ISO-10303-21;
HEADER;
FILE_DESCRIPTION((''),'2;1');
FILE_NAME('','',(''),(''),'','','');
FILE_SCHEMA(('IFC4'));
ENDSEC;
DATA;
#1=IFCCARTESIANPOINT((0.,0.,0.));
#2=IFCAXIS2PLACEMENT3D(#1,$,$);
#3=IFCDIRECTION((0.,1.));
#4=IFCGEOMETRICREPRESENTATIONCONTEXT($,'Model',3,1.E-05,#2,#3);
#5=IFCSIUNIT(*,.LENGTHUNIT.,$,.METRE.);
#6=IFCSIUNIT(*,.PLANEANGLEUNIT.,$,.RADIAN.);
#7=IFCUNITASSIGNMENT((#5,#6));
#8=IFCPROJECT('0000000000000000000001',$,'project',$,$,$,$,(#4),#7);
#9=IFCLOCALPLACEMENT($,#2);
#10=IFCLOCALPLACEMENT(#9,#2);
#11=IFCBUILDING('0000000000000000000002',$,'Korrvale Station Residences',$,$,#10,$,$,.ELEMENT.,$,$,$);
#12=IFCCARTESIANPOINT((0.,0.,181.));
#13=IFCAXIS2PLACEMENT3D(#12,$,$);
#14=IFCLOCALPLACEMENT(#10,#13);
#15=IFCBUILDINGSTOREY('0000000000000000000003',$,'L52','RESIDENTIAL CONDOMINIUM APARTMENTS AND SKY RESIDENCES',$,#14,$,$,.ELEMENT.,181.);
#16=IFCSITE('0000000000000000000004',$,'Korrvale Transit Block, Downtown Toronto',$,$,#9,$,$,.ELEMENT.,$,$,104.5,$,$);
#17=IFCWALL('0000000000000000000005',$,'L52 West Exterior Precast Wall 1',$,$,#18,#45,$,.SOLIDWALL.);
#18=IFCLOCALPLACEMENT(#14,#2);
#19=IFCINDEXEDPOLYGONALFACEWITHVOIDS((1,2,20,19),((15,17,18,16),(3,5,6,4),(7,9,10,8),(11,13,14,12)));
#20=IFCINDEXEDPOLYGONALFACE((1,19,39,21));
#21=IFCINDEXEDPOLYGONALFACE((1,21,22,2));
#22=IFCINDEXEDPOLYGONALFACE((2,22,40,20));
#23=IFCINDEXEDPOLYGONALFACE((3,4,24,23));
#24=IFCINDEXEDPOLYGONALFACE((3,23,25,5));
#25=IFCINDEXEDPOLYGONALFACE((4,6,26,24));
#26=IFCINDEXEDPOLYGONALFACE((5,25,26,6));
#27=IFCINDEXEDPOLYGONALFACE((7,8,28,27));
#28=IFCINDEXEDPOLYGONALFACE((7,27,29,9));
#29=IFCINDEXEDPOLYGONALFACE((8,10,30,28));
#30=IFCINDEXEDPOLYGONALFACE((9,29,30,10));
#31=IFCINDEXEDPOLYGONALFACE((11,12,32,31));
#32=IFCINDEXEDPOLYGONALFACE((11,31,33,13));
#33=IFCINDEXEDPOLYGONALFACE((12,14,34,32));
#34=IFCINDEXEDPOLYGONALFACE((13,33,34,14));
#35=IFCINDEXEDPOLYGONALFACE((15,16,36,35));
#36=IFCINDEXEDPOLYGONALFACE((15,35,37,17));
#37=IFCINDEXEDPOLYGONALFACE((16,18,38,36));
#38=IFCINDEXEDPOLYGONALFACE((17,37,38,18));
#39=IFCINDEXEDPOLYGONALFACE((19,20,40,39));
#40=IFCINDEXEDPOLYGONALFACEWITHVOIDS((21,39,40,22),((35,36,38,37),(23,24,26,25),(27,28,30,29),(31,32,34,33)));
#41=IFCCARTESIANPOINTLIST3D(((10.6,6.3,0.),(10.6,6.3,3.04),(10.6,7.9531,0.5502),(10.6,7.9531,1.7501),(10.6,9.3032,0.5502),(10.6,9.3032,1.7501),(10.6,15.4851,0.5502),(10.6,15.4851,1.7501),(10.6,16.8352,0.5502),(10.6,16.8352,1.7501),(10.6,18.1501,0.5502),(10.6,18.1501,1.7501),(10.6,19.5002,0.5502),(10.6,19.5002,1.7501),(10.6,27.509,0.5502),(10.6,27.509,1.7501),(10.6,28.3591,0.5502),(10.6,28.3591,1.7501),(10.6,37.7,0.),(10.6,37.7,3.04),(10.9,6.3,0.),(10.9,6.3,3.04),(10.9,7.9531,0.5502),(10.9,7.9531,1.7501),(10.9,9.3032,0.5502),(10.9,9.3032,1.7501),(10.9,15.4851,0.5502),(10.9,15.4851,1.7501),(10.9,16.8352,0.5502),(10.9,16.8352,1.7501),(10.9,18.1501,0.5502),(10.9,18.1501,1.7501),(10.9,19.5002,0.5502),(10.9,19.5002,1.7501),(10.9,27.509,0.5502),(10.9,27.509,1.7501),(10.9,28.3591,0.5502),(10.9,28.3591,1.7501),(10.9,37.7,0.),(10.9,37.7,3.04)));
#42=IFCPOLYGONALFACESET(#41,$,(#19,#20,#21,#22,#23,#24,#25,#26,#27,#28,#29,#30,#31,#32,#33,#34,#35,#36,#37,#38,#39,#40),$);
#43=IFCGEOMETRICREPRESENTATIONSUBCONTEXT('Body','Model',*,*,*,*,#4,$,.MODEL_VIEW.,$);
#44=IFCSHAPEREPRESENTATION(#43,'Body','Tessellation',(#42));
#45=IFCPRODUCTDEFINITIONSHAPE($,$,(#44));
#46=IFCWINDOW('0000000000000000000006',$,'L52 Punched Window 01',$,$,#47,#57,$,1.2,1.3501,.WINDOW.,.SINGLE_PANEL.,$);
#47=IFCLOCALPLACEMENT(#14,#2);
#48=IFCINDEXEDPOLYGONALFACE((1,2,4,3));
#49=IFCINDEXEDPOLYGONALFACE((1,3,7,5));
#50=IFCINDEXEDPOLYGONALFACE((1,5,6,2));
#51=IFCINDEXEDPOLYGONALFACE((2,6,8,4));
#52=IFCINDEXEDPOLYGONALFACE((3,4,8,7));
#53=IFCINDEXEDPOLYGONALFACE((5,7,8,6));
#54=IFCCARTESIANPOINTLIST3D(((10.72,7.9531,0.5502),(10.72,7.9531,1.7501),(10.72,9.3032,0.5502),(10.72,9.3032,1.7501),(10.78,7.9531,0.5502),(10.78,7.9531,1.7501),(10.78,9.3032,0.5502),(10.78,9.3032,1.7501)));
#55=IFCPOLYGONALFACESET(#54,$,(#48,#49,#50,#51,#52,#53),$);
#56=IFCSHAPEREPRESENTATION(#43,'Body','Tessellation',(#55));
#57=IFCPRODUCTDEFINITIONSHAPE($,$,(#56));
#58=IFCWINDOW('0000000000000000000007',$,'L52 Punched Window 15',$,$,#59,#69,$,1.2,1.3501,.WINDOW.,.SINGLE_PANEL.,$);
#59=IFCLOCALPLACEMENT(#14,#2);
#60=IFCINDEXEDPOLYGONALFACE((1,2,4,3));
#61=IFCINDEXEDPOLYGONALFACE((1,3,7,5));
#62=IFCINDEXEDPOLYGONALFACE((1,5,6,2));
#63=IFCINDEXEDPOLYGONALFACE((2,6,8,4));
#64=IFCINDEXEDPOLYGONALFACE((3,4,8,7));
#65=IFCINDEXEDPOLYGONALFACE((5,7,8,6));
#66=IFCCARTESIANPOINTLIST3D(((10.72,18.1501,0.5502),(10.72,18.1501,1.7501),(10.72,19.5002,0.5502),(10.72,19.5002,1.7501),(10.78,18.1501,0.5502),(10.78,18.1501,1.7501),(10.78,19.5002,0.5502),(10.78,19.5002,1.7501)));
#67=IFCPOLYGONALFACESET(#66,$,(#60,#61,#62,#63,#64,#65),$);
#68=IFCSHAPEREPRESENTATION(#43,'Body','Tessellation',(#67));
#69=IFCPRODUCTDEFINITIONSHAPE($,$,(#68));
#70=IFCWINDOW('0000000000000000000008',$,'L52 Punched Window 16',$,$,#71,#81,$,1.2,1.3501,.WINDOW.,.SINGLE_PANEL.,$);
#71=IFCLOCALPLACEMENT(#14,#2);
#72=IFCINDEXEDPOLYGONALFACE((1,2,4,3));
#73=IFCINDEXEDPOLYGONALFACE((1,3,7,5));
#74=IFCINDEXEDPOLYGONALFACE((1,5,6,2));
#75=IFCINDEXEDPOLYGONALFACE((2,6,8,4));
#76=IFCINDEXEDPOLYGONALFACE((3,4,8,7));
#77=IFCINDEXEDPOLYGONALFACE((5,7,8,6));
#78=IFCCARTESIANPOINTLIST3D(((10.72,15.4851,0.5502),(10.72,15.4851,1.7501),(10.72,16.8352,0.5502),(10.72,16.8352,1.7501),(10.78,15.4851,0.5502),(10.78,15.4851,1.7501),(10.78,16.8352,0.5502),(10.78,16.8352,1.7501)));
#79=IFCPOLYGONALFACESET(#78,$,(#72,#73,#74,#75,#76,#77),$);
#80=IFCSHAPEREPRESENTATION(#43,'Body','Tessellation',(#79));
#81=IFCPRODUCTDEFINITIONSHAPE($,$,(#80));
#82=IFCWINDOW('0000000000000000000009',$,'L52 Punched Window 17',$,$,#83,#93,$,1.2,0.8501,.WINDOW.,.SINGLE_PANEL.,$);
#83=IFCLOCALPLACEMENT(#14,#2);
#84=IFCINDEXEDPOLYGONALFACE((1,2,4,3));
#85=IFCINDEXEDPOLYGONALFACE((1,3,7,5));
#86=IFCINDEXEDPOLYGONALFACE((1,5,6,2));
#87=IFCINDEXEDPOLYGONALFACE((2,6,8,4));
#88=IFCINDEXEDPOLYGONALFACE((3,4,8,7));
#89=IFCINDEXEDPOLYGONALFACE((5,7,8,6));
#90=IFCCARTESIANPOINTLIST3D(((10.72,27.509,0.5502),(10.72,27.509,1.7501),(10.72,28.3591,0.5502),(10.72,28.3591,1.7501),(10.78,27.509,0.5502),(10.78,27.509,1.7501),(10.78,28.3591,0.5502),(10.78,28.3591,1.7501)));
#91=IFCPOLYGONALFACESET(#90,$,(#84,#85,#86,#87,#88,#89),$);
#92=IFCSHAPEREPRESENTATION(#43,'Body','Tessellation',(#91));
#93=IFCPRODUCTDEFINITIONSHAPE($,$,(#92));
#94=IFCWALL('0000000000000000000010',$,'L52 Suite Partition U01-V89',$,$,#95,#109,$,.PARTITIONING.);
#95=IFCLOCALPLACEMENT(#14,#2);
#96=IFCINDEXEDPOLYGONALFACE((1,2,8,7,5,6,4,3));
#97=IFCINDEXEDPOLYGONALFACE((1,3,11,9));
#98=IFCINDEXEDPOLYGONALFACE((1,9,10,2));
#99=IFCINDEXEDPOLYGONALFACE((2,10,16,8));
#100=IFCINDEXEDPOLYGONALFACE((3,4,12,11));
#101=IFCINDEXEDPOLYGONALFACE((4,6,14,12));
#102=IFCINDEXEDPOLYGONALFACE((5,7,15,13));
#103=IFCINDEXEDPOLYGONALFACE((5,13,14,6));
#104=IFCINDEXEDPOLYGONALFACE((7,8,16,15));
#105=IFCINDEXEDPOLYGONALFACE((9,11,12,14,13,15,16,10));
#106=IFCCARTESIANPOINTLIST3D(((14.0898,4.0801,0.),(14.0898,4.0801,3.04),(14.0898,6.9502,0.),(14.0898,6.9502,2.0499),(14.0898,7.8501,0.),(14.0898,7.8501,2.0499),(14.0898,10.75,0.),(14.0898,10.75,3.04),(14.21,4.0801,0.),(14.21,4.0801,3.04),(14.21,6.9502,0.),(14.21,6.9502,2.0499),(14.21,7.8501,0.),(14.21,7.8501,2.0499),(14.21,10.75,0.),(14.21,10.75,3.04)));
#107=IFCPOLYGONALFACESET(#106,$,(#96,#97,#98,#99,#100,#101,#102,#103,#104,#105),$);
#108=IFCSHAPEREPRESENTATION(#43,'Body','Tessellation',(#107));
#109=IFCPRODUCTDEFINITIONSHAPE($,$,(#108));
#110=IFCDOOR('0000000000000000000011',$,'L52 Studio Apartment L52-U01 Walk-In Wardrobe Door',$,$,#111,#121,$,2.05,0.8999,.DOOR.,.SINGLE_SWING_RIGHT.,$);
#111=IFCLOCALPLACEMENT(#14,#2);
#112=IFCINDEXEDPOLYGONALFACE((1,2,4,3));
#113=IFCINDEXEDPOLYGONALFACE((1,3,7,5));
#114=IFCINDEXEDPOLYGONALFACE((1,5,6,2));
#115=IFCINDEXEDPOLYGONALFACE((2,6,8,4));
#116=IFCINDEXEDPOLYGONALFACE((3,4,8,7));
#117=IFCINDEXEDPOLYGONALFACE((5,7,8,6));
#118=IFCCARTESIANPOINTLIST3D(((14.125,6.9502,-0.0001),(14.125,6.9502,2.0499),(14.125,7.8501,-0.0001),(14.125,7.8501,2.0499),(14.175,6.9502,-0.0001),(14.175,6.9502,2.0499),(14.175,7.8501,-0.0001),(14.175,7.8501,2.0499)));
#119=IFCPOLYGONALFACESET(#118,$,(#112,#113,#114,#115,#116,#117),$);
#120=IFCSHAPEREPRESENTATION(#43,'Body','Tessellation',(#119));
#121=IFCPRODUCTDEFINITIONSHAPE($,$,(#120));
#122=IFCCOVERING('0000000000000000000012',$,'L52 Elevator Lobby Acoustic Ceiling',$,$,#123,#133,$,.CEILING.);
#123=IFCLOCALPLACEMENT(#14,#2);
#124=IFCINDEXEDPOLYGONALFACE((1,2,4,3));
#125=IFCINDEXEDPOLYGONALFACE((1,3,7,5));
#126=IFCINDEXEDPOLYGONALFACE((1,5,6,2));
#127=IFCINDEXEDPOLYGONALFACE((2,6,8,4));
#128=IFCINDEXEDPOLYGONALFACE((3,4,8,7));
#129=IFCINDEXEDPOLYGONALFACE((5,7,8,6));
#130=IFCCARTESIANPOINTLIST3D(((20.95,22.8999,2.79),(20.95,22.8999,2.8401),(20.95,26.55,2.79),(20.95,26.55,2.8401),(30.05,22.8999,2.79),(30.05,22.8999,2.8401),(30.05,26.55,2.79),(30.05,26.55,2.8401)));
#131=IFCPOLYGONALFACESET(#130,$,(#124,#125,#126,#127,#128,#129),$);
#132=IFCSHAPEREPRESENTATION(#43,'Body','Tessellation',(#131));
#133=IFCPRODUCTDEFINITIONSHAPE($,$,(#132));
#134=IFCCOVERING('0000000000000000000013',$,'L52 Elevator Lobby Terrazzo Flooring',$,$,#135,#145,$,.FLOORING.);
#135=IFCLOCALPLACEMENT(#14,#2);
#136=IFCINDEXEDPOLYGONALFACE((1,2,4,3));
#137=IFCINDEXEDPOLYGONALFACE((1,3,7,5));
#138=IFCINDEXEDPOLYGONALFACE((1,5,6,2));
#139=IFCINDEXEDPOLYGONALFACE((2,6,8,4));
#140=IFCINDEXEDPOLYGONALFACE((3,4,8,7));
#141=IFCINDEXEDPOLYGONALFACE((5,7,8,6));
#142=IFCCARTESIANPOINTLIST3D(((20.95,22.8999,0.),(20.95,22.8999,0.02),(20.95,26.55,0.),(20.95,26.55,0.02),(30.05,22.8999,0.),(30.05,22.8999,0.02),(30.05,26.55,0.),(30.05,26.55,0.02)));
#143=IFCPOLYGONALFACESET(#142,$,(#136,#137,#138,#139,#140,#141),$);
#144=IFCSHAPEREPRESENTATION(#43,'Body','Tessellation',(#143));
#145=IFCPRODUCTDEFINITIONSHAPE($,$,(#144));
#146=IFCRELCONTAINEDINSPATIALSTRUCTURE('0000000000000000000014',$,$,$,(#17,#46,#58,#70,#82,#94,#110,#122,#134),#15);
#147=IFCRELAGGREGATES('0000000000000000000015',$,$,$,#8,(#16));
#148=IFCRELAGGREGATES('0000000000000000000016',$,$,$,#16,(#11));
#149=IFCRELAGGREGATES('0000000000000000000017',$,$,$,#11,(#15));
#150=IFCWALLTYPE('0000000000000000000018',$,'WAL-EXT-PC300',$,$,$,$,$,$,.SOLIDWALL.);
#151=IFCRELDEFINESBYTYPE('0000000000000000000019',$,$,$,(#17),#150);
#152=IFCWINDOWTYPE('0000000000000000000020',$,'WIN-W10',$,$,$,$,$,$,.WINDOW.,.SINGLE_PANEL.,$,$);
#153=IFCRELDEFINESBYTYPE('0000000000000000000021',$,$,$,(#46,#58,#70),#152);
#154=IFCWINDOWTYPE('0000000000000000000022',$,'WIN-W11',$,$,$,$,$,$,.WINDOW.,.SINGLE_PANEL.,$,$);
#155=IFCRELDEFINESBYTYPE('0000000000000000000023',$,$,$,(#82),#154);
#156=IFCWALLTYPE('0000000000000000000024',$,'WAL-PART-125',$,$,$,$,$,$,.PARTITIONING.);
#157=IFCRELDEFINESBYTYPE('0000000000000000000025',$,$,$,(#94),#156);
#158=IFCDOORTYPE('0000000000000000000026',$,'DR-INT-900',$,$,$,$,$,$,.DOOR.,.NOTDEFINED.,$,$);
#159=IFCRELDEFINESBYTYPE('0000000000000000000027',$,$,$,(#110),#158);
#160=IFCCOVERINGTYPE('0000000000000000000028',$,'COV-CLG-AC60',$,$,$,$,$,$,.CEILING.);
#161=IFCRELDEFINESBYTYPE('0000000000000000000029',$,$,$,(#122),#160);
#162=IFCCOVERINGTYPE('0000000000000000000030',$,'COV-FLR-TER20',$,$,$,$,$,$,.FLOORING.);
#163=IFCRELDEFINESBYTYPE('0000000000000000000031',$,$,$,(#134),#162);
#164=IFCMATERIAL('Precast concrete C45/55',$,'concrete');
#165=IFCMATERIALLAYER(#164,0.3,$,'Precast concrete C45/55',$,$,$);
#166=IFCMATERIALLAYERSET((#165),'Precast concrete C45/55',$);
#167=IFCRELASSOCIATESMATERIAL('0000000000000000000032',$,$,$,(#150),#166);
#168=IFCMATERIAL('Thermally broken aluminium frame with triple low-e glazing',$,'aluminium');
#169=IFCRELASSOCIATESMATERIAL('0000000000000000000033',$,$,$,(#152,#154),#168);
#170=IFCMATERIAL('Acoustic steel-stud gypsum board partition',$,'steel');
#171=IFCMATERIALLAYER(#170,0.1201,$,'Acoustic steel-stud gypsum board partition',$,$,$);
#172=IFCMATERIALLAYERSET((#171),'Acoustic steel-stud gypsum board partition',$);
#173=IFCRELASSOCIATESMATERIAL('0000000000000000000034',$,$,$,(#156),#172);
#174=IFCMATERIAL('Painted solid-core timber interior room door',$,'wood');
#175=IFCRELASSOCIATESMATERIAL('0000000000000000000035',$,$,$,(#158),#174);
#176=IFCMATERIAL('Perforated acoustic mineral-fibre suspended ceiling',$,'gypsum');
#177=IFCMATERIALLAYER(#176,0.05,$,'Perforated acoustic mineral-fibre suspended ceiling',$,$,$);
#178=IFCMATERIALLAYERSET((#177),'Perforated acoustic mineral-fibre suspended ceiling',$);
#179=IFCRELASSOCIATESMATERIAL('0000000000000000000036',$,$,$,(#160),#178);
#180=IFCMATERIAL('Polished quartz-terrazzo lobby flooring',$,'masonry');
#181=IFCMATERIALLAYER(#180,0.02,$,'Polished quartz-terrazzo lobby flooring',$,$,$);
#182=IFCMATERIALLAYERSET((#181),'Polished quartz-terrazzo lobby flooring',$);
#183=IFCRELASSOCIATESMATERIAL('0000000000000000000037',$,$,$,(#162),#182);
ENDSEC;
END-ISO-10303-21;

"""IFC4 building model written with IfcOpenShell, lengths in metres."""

from ifc_helpers import new_model, si_unit, direction, frame, frame_2d, origin, place, context, subcontext, project, spatial, polyline, rectangle, outline, extrude, material, layer, layer_set, type_object, element, fill, save


model = new_model("IFC4")

# Units and contexts
model_context = context("Model", 3, precision=1e-05, world=origin(), true_north=direction((0.0, 1.0)))
body_context = subcontext(model_context, "Body", "Model", "MODEL_VIEW")
ifc_project = project(units=[si_unit("LENGTHUNIT", "METRE"), si_unit("PLANEANGLEUNIT", "RADIAN")], contexts=[model_context])

# Site, building, storey
site_placement = place(None, origin())
site = spatial("IfcSite", under=ifc_project, at=site_placement, Name="Korrvale Transit Block, Downtown Toronto", CompositionType="ELEMENT", RefElevation=104.5)
building_placement = place(site_placement, origin())
building = spatial("IfcBuilding", under=site, at=building_placement, Name="Korrvale Station Residences", CompositionType="ELEMENT")
storey_placement = place(building_placement, frame((0.0, 0.0, 181.0)))
storey = spatial("IfcBuildingStorey", under=building, at=storey_placement, Name="L52", Description="RESIDENTIAL CONDOMINIUM APARTMENTS AND SKY RESIDENCES", CompositionType="ELEMENT", Elevation=181.0)

# Shared definitions
ifc_material_1 = material(Name="Precast concrete C45/55", Category="concrete")

# Wall, openings, windows
ifc_layer_1 = layer(ifc_material_1, 0.3, Name="Precast concrete C45/55")
ifc_layer_set_1 = layer_set([ifc_layer_1], Name="Precast concrete C45/55")
wall_type_1 = type_object("IfcWallType", Name="WAL-EXT-PC300", PredefinedType="SOLIDWALL", material=ifc_layer_set_1)
wall_1_placement = place(storey_placement, frame((10.75, 6.3, 0.0), z_axis=(0.0, 0.0, 1.0), x_axis=(0.0, 1.0, 0.0)))
wall_1 = element("IfcWall", 1, at=wall_1_placement, inside=storey, type_object=wall_type_1, Name="L52 West Exterior Precast Wall 1", PredefinedType="SOLIDWALL", context=body_context, shape_type="SweptSolid", body=[
    extrude(rectangle(XDim=31.3999, YDim=0.3, at=frame_2d((15.7, 0.0))), origin(), (0.0, 0.0, 1.0), 3.04),
])
opening_1_placement = place(wall_1_placement, frame((1.6531, 0.0, 0.55)))
opening_1 = element("IfcOpeningElement", 2, at=opening_1_placement, cuts=wall_1, PredefinedType="OPENING", context=body_context, shape_type="SweptSolid", body=[
    extrude(rectangle(XDim=1.3501, YDim=1.2, at=frame_2d((0.675, 0.6001))), frame((0.0, 0.1602, 0.0), z_axis=(0.0, -1.0, 0.0), x_axis=(1.0, 0.0, 0.0)), (0.0, 0.0, 1.0), 0.3201),
])
opening_2_placement = place(wall_1_placement, frame((11.8501, 0.0, 0.55)))
opening_2 = element("IfcOpeningElement", 3, at=opening_2_placement, cuts=wall_1, PredefinedType="OPENING", context=body_context, shape_type="SweptSolid", body=[
    extrude(rectangle(XDim=1.3501, YDim=1.2, at=frame_2d((0.675, 0.6001))), frame((0.0, 0.1602, 0.0), z_axis=(0.0, -1.0, 0.0), x_axis=(1.0, 0.0, 0.0)), (0.0, 0.0, 1.0), 0.3201),
])
opening_3_placement = place(wall_1_placement, frame((9.1851, 0.0, 0.55)))
opening_3 = element("IfcOpeningElement", 4, at=opening_3_placement, cuts=wall_1, PredefinedType="OPENING", context=body_context, shape_type="SweptSolid", body=[
    extrude(rectangle(XDim=1.3501, YDim=1.2, at=frame_2d((0.675, 0.6001))), frame((0.0, 0.1602, 0.0), z_axis=(0.0, -1.0, 0.0), x_axis=(1.0, 0.0, 0.0)), (0.0, 0.0, 1.0), 0.3201),
])
opening_4_placement = place(wall_1_placement, frame((21.209, 0.0, 0.55)))
opening_4 = element("IfcOpeningElement", 5, at=opening_4_placement, cuts=wall_1, PredefinedType="OPENING", context=body_context, shape_type="SweptSolid", body=[
    extrude(rectangle(XDim=0.8501, YDim=1.2, at=frame_2d((0.425, 0.6001))), frame((0.0, 0.1602, 0.0), z_axis=(0.0, -1.0, 0.0), x_axis=(1.0, 0.0, 0.0)), (0.0, 0.0, 1.0), 0.3201),
])
ifc_material_2 = material(Name="Thermally broken aluminium frame with triple low-e glazing", Category="aluminium")
window_type_1 = type_object("IfcWindowType", Name="WIN-W10", PartitioningType="SINGLE_PANEL", PredefinedType="WINDOW", material=ifc_material_2)
window_1_placement = place(opening_1_placement, origin())
window_1 = element("IfcWindow", 6, at=window_1_placement, inside=storey, type_object=window_type_1, Name="L52 Punched Window 01", OverallHeight=1.2, OverallWidth=1.3501, PartitioningType="SINGLE_PANEL", PredefinedType="WINDOW", context=body_context, shape_type="SweptSolid", body=[
    extrude(rectangle(XDim=1.3501, YDim=1.2, at=frame_2d((0.675, 0.6001))), frame((0.0, 0.03, 0.0), z_axis=(0.0, -1.0, 0.0), x_axis=(1.0, 0.0, 0.0)), (0.0, 0.0, 1.0), 0.0601),
])
fill(opening_1, window_1)
window_2_placement = place(opening_2_placement, origin())
window_2 = element("IfcWindow", 7, at=window_2_placement, inside=storey, type_object=window_type_1, Name="L52 Punched Window 15", OverallHeight=1.2, OverallWidth=1.3501, PartitioningType="SINGLE_PANEL", PredefinedType="WINDOW", context=body_context, shape_type="SweptSolid", body=[
    extrude(rectangle(XDim=1.3501, YDim=1.2, at=frame_2d((0.675, 0.6001))), frame((0.0, 0.03, 0.0), z_axis=(0.0, -1.0, 0.0), x_axis=(1.0, 0.0, 0.0)), (0.0, 0.0, 1.0), 0.0601),
])
fill(opening_2, window_2)
window_3_placement = place(opening_3_placement, origin())
window_3 = element("IfcWindow", 8, at=window_3_placement, inside=storey, type_object=window_type_1, Name="L52 Punched Window 16", OverallHeight=1.2, OverallWidth=1.3501, PartitioningType="SINGLE_PANEL", PredefinedType="WINDOW", context=body_context, shape_type="SweptSolid", body=[
    extrude(rectangle(XDim=1.3501, YDim=1.2, at=frame_2d((0.675, 0.6001))), frame((0.0, 0.03, 0.0), z_axis=(0.0, -1.0, 0.0), x_axis=(1.0, 0.0, 0.0)), (0.0, 0.0, 1.0), 0.0601),
])
fill(opening_3, window_3)
window_type_2 = type_object("IfcWindowType", Name="WIN-W11", PartitioningType="SINGLE_PANEL", PredefinedType="WINDOW", material=ifc_material_2)
window_4_placement = place(opening_4_placement, origin())
window_4 = element("IfcWindow", 9, at=window_4_placement, inside=storey, type_object=window_type_2, Name="L52 Punched Window 17", OverallHeight=1.2, OverallWidth=0.8501, PartitioningType="SINGLE_PANEL", PredefinedType="WINDOW", context=body_context, shape_type="SweptSolid", body=[
    extrude(rectangle(XDim=0.8501, YDim=1.2, at=frame_2d((0.425, 0.6001))), frame((0.0, 0.03, 0.0), z_axis=(0.0, -1.0, 0.0), x_axis=(1.0, 0.0, 0.0)), (0.0, 0.0, 1.0), 0.0601),
])
fill(opening_4, window_4)

# Wall, opening, door
ifc_material_3 = material(Name="Acoustic steel-stud gypsum board partition", Category="steel")
ifc_layer_2 = layer(ifc_material_3, 0.1201, Name="Acoustic steel-stud gypsum board partition")
ifc_layer_set_2 = layer_set([ifc_layer_2], Name="Acoustic steel-stud gypsum board partition")
wall_type_2 = type_object("IfcWallType", Name="WAL-PART-125", PredefinedType="PARTITIONING", material=ifc_layer_set_2)
wall_2_placement = place(storey_placement, frame((14.1499, 4.0801, 0.0), z_axis=(0.0, 0.0, 1.0), x_axis=(0.0, 1.0, 0.0)))
wall_2 = element("IfcWall", 10, at=wall_2_placement, inside=storey, type_object=wall_type_2, Name="L52 Suite Partition U01-V89", PredefinedType="PARTITIONING", context=body_context, shape_type="SweptSolid", body=[
    extrude(rectangle(XDim=6.6699, YDim=0.1201, at=frame_2d((3.335, 0.0))), origin(), (0.0, 0.0, 1.0), 3.04),
])
opening_5_placement = place(wall_2_placement, frame((2.8701, 0.0, 0.0)))
opening_5 = element("IfcOpeningElement", 11, at=opening_5_placement, cuts=wall_2, PredefinedType="OPENING", context=body_context, shape_type="SweptSolid", body=[
    extrude(rectangle(XDim=0.8999, YDim=2.05, at=frame_2d((0.45, 1.0249))), frame((0.0, 0.0701, 0.0), z_axis=(0.0, -1.0, 0.0), x_axis=(1.0, 0.0, 0.0)), (0.0, 0.0, 1.0), 0.1401),
])
ifc_material_4 = material(Name="Painted solid-core timber interior room door", Category="wood")
door_type = type_object("IfcDoorType", Name="DR-INT-900", OperationType="NOTDEFINED", PredefinedType="DOOR", material=ifc_material_4)
door_placement = place(opening_5_placement, origin())
door = element("IfcDoor", 12, at=door_placement, inside=storey, type_object=door_type, Name="L52 Studio Apartment L52-U01 Walk-In Wardrobe Door", OperationType="SINGLE_SWING_RIGHT", OverallHeight=2.05, OverallWidth=0.8999, PredefinedType="DOOR", context=body_context, shape_type="SweptSolid", body=[
    extrude(rectangle(XDim=0.8999, YDim=2.05, at=frame_2d((0.45, 1.0249))), frame((0.0, 0.0249, 0.0), z_axis=(0.0, -1.0, 0.0), x_axis=(1.0, 0.0, 0.0)), (0.0, 0.0, 1.0), 0.05),
])
fill(opening_5, door)

# Coverings
ifc_material_5 = material(Name="Perforated acoustic mineral-fibre suspended ceiling", Category="gypsum")
ifc_layer_3 = layer(ifc_material_5, 0.05, Name="Perforated acoustic mineral-fibre suspended ceiling")
ifc_layer_set_3 = layer_set([ifc_layer_3], Name="Perforated acoustic mineral-fibre suspended ceiling")
covering_type_1 = type_object("IfcCoveringType", Name="COV-CLG-AC60", PredefinedType="CEILING", material=ifc_layer_set_3)
covering_1_placement = place(storey_placement, frame((0.0, 0.0, 2.79)))
element("IfcCovering", 13, at=covering_1_placement, inside=storey, type_object=covering_type_1, Name="L52 Elevator Lobby Acoustic Ceiling", PredefinedType="CEILING", context=body_context, shape_type="SweptSolid", body=[
    extrude(outline(polyline([(20.95, 22.8999), (30.05, 22.8999), (30.05, 26.55), (20.95, 26.55), (20.95, 22.8999)])), origin(), (0.0, 0.0, 1.0), 0.05),
])
ifc_material_6 = material(Name="Polished quartz-terrazzo lobby flooring", Category="masonry")
ifc_layer_4 = layer(ifc_material_6, 0.02, Name="Polished quartz-terrazzo lobby flooring")
ifc_layer_set_4 = layer_set([ifc_layer_4], Name="Polished quartz-terrazzo lobby flooring")
covering_type_2 = type_object("IfcCoveringType", Name="COV-FLR-TER20", PredefinedType="FLOORING", material=ifc_layer_set_4)
covering_2_placement = place(storey_placement, origin())
element("IfcCovering", 14, at=covering_2_placement, inside=storey, type_object=covering_type_2, Name="L52 Elevator Lobby Terrazzo Flooring", PredefinedType="FLOORING", context=body_context, shape_type="SweptSolid", body=[
    extrude(outline(polyline([(20.95, 22.8999), (30.05, 22.8999), (30.05, 26.55), (20.95, 26.55), (20.95, 22.8999)])), origin(), (0.0, 0.0, 1.0), 0.02),
])

save(model, "model.ifc")
